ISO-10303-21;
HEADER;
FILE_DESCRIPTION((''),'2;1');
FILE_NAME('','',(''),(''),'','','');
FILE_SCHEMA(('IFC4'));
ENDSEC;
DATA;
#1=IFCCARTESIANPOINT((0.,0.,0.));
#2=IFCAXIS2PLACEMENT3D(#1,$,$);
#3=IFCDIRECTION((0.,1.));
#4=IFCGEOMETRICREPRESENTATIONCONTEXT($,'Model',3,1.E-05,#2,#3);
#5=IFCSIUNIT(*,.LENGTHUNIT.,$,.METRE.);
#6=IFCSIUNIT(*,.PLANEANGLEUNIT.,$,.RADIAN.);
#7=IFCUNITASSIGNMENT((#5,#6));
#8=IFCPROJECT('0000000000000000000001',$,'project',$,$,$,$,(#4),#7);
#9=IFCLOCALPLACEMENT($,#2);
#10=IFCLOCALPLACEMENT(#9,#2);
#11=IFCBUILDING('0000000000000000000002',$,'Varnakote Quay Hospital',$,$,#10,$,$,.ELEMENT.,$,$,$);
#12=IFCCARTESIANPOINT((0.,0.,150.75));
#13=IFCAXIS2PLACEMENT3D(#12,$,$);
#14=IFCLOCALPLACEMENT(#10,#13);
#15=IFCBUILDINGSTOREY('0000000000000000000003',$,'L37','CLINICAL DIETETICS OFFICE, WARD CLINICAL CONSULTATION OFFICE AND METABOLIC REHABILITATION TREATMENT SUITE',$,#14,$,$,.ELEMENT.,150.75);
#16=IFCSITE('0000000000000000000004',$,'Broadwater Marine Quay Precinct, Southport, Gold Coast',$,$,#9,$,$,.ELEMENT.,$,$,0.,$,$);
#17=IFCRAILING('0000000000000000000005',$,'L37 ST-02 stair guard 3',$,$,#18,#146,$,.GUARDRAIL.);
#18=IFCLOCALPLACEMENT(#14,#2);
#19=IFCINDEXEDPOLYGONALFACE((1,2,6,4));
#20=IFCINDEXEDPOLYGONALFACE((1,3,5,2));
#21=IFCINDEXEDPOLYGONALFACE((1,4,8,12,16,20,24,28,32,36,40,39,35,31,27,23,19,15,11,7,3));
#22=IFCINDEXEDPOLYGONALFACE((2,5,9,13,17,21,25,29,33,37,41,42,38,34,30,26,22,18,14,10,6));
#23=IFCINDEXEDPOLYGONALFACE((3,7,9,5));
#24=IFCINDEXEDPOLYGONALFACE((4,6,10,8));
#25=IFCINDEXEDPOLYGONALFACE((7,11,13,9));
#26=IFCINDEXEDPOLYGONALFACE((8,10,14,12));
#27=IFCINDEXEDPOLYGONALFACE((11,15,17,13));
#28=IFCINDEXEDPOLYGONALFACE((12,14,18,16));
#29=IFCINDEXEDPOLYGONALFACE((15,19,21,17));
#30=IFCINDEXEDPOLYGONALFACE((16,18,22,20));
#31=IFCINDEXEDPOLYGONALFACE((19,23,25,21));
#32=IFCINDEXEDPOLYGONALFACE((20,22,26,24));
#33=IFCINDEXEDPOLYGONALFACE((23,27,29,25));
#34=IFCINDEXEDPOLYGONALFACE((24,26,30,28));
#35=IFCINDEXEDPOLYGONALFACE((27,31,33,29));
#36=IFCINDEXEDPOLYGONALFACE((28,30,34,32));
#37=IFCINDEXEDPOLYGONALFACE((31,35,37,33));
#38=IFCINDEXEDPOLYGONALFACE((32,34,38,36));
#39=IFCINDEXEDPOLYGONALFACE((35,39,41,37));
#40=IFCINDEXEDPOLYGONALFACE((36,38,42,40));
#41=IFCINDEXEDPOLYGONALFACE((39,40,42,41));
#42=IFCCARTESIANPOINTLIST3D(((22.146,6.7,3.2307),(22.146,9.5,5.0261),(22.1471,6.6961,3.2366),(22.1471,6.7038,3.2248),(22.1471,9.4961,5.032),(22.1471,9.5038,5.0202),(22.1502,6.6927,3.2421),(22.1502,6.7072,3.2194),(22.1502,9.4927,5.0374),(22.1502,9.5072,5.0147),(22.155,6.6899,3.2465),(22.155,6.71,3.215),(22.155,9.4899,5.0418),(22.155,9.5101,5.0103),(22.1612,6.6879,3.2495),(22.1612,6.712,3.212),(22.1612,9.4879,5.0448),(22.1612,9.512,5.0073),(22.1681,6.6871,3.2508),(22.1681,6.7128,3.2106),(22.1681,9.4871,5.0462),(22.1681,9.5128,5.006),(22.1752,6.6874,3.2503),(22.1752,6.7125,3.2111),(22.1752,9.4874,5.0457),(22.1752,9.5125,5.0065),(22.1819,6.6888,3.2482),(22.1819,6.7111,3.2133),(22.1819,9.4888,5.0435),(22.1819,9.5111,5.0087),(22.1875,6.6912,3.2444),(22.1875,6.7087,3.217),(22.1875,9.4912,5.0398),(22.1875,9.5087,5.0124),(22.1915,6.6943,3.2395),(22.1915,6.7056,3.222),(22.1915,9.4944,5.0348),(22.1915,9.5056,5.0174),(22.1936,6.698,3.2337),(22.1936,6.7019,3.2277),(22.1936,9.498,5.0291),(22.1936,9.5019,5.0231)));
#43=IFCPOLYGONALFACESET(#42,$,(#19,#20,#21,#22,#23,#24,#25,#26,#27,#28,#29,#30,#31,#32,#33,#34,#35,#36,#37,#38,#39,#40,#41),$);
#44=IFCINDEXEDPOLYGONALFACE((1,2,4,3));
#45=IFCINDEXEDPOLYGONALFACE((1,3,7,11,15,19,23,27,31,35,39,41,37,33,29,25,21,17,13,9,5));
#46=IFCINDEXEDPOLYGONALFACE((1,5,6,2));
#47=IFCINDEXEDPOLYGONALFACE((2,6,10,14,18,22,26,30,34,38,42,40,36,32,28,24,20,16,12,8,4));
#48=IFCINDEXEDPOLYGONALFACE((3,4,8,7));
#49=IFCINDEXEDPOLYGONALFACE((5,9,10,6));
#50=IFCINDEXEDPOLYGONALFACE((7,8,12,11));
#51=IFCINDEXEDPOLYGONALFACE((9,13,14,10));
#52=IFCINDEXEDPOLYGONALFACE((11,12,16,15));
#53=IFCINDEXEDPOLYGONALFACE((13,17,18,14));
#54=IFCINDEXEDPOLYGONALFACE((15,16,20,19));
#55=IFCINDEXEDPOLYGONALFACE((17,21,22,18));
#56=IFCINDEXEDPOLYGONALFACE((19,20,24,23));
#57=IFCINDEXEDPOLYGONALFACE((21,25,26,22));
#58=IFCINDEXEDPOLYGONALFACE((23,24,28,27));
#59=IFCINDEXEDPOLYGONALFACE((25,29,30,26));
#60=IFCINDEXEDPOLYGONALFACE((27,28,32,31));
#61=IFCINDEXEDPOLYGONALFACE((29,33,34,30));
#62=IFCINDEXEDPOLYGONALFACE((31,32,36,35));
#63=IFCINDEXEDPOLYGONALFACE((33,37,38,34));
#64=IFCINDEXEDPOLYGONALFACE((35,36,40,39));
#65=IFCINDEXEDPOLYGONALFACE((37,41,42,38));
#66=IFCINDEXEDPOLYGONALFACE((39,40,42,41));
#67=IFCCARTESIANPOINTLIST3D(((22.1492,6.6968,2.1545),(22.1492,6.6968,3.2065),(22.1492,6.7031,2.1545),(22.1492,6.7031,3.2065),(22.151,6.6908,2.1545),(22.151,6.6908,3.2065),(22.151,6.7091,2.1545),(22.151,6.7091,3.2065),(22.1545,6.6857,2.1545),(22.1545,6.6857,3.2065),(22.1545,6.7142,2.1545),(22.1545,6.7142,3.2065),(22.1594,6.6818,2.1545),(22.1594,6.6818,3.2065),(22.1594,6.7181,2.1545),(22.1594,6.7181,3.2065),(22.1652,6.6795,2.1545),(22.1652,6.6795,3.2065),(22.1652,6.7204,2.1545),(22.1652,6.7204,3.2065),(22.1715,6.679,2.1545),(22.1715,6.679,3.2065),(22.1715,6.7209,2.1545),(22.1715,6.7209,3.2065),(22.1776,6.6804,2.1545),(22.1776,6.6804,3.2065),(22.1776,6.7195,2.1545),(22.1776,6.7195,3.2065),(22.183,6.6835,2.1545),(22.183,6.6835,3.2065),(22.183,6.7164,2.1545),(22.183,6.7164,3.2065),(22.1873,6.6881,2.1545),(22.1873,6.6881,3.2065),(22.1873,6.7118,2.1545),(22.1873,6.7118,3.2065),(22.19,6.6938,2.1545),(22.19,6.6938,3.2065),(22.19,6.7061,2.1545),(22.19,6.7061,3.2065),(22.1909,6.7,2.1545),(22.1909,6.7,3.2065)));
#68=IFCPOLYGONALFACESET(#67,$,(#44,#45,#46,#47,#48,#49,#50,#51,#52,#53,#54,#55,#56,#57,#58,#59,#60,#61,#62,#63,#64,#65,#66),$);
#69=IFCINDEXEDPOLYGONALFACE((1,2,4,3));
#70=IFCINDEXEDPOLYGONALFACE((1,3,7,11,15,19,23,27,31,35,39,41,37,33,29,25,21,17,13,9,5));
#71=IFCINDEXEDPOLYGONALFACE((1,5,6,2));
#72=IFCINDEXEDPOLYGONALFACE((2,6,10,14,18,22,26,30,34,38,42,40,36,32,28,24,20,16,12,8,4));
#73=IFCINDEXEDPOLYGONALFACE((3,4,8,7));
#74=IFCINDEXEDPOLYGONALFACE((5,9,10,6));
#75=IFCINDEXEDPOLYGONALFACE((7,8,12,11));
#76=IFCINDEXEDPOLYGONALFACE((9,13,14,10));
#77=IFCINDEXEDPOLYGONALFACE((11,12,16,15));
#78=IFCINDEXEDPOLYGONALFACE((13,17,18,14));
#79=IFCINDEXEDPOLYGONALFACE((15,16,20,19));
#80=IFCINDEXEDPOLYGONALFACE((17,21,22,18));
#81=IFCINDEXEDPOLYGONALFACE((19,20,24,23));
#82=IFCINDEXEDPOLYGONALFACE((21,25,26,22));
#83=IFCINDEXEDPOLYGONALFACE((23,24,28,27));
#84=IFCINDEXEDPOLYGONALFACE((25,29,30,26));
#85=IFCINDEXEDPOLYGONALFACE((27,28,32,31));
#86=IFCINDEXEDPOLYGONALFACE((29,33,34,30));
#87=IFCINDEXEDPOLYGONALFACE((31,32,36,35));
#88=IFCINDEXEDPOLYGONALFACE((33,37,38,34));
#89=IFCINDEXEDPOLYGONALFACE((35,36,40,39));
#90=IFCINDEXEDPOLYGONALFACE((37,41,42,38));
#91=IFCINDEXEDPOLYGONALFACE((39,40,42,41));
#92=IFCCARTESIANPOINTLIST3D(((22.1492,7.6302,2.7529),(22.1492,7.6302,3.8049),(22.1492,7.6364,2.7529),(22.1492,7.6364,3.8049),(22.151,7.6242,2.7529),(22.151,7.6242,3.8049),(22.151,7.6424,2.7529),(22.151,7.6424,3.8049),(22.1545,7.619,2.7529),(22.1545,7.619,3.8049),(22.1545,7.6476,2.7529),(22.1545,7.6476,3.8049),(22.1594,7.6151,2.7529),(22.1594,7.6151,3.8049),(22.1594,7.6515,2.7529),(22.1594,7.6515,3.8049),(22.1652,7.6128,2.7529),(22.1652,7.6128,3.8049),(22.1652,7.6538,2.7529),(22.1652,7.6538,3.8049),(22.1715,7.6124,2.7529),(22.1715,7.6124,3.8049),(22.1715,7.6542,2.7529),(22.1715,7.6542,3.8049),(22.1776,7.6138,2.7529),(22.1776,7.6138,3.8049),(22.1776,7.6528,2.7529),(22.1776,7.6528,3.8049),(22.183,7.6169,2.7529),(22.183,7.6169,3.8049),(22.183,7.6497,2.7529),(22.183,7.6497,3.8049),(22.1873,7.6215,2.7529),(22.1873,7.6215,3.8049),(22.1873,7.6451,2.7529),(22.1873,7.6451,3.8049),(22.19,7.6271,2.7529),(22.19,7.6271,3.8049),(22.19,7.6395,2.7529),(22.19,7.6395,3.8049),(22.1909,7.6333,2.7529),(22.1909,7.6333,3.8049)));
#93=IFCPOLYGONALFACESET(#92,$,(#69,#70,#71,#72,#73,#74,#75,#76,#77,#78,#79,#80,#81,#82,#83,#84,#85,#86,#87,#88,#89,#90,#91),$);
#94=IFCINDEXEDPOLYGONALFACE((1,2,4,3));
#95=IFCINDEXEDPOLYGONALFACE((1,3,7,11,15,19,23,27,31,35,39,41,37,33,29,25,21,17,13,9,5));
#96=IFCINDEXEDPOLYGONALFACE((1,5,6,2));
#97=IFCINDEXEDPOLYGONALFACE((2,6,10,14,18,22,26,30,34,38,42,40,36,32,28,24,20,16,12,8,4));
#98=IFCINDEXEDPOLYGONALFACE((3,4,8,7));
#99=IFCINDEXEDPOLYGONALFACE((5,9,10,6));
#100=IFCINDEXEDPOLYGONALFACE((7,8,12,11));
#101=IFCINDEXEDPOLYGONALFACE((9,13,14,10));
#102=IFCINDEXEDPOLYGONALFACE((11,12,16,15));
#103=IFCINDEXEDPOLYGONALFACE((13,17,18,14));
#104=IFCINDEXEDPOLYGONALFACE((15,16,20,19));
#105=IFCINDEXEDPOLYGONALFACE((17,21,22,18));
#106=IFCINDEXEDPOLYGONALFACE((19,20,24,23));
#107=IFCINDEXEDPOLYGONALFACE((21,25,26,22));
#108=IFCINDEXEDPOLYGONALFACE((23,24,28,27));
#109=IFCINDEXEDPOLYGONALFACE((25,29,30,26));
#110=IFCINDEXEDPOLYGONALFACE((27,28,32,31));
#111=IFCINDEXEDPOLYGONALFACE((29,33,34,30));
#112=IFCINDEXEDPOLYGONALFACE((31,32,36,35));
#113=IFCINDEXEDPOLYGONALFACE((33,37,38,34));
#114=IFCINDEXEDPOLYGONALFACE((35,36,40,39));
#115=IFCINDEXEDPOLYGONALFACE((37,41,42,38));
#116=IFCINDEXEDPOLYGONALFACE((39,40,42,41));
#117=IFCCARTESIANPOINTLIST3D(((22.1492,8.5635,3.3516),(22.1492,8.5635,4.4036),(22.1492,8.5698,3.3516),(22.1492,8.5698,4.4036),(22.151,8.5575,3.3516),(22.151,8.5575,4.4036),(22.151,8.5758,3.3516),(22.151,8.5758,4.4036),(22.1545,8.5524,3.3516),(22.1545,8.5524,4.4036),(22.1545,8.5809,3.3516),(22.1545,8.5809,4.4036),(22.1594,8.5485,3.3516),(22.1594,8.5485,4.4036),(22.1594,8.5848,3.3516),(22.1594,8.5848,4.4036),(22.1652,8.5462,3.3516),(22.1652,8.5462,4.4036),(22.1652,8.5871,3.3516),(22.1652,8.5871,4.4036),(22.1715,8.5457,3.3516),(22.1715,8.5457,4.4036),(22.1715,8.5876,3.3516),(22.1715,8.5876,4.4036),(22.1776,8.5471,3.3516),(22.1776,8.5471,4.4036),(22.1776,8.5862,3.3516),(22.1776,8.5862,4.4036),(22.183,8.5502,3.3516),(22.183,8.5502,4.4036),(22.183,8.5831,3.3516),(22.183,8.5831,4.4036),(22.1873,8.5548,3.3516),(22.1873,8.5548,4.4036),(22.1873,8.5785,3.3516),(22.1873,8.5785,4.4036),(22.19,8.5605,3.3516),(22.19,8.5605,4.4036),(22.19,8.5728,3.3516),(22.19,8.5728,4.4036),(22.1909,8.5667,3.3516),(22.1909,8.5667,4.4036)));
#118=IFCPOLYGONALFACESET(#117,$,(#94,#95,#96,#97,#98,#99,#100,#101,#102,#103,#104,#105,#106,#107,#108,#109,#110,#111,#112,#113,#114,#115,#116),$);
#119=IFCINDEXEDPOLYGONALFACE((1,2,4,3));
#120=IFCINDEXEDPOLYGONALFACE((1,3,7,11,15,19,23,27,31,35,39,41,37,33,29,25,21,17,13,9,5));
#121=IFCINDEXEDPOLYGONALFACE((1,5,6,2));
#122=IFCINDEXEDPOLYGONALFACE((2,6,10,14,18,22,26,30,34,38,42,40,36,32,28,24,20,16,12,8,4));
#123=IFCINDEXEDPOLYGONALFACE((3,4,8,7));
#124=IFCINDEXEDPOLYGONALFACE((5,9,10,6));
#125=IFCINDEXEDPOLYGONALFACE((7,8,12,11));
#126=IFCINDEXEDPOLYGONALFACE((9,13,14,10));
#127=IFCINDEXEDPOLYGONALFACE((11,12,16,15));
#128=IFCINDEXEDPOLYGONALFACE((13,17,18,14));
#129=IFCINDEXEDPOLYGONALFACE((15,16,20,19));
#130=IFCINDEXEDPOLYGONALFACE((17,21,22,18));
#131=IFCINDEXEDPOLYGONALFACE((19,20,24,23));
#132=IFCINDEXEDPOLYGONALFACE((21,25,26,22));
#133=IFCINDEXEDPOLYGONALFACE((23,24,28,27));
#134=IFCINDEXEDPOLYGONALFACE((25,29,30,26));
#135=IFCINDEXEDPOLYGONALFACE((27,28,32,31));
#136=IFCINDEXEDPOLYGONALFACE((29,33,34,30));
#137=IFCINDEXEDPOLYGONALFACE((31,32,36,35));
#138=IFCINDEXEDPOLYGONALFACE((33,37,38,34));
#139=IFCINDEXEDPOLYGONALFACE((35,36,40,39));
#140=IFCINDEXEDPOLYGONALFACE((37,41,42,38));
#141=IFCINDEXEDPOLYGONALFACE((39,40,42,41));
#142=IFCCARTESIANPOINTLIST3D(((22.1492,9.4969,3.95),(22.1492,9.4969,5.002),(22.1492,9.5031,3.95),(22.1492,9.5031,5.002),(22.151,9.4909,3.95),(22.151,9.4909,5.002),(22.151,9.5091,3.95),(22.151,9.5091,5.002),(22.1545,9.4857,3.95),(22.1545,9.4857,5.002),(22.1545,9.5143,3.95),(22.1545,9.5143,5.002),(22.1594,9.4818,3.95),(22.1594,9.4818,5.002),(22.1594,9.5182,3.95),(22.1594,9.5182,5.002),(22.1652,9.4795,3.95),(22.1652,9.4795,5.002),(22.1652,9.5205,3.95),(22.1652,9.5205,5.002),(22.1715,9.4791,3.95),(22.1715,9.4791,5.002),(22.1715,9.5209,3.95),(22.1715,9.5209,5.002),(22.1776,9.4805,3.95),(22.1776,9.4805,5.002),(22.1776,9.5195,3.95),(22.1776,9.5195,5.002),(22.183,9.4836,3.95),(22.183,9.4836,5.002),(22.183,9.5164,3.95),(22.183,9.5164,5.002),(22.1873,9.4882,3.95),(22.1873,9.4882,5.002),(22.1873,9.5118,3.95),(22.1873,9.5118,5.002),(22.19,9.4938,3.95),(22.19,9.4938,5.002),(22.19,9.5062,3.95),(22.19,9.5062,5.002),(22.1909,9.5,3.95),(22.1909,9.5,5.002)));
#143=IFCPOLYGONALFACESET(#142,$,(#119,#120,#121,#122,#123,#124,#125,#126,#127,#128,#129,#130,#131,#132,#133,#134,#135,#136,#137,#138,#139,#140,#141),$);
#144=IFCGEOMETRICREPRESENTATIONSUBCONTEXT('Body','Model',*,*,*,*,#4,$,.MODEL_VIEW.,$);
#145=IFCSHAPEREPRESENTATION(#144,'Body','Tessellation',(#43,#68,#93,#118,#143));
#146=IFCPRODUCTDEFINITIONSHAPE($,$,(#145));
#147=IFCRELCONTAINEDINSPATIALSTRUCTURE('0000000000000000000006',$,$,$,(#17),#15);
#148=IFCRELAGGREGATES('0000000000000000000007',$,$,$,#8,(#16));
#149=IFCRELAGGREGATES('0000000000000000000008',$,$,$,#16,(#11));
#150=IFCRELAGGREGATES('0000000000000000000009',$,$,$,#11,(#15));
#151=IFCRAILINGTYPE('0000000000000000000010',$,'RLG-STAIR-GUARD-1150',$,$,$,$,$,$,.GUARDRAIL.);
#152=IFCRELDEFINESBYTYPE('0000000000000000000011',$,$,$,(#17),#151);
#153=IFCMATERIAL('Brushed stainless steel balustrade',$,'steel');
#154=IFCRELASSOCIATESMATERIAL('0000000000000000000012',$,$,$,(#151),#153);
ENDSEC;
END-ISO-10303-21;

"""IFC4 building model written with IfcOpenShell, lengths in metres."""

from ifc_helpers import new_model, si_unit, direction, frame, origin, origin_2d, place, context, subcontext, project, spatial, circle, extrude, material, type_object, element, save


model = new_model("IFC4")

# Units and contexts
model_context = context("Model", 3, precision=1e-05, world=origin(), true_north=direction((0.0, 1.0)))
body_context = subcontext(model_context, "Body", "Model", "MODEL_VIEW")
ifc_project = project(units=[si_unit("LENGTHUNIT", "METRE"), si_unit("PLANEANGLEUNIT", "RADIAN")], contexts=[model_context])

# Site, building, storey
site_placement = place(None, origin())
site = spatial("IfcSite", under=ifc_project, at=site_placement, Name="Broadwater Marine Quay Precinct, Southport, Gold Coast", CompositionType="ELEMENT", RefElevation=0.0)
building_placement = place(site_placement, origin())
building = spatial("IfcBuilding", under=site, at=building_placement, Name="Varnakote Quay Hospital", CompositionType="ELEMENT")
storey_placement = place(building_placement, frame((0.0, 0.0, 150.75)))
storey = spatial("IfcBuildingStorey", under=building, at=storey_placement, Name="L37", Description="CLINICAL DIETETICS OFFICE, WARD CLINICAL CONSULTATION OFFICE AND METABOLIC REHABILITATION TREATMENT SUITE", CompositionType="ELEMENT", Elevation=150.75)

# Railing
ifc_material_1 = material(Name="Brushed stainless steel balustrade", Category="steel")
railing_type_1 = type_object("IfcRailingType", Name="RLG-STAIR-GUARD-1150", PredefinedType="GUARDRAIL", material=ifc_material_1)
railing_1_placement = place(storey_placement, frame((22.1699, 6.7, 2.1545)))
element("IfcRailing", 1, at=railing_1_placement, inside=storey, type_object=railing_type_1, Name="L37 ST-02 stair guard 3", PredefinedType="GUARDRAIL", context=body_context, shape_type="SweptSolid", body=[
    extrude(circle(Radius=0.0239, at=origin_2d()), frame((0.0, 0.0, 1.0762), z_axis=(0.0, 0.84181, 0.539774), x_axis=(-1.0, 0.0, 0.0)), (0.0, 0.0, 1.0), 3.3262),
    extrude(circle(Radius=0.021, at=origin_2d()), origin(), (0.0, 0.0, 1.0), 1.052),
    extrude(circle(Radius=0.021, at=origin_2d()), frame((0.0, 0.9333, 0.5984)), (0.0, 0.0, 1.0), 1.052),
    extrude(circle(Radius=0.021, at=origin_2d()), frame((0.0, 1.8667, 1.197)), (0.0, 0.0, 1.0), 1.052),
    extrude(circle(Radius=0.021, at=origin_2d()), frame((0.0, 2.8, 1.7954)), (0.0, 0.0, 1.0), 1.052),
])

save(model, "model.ifc")
